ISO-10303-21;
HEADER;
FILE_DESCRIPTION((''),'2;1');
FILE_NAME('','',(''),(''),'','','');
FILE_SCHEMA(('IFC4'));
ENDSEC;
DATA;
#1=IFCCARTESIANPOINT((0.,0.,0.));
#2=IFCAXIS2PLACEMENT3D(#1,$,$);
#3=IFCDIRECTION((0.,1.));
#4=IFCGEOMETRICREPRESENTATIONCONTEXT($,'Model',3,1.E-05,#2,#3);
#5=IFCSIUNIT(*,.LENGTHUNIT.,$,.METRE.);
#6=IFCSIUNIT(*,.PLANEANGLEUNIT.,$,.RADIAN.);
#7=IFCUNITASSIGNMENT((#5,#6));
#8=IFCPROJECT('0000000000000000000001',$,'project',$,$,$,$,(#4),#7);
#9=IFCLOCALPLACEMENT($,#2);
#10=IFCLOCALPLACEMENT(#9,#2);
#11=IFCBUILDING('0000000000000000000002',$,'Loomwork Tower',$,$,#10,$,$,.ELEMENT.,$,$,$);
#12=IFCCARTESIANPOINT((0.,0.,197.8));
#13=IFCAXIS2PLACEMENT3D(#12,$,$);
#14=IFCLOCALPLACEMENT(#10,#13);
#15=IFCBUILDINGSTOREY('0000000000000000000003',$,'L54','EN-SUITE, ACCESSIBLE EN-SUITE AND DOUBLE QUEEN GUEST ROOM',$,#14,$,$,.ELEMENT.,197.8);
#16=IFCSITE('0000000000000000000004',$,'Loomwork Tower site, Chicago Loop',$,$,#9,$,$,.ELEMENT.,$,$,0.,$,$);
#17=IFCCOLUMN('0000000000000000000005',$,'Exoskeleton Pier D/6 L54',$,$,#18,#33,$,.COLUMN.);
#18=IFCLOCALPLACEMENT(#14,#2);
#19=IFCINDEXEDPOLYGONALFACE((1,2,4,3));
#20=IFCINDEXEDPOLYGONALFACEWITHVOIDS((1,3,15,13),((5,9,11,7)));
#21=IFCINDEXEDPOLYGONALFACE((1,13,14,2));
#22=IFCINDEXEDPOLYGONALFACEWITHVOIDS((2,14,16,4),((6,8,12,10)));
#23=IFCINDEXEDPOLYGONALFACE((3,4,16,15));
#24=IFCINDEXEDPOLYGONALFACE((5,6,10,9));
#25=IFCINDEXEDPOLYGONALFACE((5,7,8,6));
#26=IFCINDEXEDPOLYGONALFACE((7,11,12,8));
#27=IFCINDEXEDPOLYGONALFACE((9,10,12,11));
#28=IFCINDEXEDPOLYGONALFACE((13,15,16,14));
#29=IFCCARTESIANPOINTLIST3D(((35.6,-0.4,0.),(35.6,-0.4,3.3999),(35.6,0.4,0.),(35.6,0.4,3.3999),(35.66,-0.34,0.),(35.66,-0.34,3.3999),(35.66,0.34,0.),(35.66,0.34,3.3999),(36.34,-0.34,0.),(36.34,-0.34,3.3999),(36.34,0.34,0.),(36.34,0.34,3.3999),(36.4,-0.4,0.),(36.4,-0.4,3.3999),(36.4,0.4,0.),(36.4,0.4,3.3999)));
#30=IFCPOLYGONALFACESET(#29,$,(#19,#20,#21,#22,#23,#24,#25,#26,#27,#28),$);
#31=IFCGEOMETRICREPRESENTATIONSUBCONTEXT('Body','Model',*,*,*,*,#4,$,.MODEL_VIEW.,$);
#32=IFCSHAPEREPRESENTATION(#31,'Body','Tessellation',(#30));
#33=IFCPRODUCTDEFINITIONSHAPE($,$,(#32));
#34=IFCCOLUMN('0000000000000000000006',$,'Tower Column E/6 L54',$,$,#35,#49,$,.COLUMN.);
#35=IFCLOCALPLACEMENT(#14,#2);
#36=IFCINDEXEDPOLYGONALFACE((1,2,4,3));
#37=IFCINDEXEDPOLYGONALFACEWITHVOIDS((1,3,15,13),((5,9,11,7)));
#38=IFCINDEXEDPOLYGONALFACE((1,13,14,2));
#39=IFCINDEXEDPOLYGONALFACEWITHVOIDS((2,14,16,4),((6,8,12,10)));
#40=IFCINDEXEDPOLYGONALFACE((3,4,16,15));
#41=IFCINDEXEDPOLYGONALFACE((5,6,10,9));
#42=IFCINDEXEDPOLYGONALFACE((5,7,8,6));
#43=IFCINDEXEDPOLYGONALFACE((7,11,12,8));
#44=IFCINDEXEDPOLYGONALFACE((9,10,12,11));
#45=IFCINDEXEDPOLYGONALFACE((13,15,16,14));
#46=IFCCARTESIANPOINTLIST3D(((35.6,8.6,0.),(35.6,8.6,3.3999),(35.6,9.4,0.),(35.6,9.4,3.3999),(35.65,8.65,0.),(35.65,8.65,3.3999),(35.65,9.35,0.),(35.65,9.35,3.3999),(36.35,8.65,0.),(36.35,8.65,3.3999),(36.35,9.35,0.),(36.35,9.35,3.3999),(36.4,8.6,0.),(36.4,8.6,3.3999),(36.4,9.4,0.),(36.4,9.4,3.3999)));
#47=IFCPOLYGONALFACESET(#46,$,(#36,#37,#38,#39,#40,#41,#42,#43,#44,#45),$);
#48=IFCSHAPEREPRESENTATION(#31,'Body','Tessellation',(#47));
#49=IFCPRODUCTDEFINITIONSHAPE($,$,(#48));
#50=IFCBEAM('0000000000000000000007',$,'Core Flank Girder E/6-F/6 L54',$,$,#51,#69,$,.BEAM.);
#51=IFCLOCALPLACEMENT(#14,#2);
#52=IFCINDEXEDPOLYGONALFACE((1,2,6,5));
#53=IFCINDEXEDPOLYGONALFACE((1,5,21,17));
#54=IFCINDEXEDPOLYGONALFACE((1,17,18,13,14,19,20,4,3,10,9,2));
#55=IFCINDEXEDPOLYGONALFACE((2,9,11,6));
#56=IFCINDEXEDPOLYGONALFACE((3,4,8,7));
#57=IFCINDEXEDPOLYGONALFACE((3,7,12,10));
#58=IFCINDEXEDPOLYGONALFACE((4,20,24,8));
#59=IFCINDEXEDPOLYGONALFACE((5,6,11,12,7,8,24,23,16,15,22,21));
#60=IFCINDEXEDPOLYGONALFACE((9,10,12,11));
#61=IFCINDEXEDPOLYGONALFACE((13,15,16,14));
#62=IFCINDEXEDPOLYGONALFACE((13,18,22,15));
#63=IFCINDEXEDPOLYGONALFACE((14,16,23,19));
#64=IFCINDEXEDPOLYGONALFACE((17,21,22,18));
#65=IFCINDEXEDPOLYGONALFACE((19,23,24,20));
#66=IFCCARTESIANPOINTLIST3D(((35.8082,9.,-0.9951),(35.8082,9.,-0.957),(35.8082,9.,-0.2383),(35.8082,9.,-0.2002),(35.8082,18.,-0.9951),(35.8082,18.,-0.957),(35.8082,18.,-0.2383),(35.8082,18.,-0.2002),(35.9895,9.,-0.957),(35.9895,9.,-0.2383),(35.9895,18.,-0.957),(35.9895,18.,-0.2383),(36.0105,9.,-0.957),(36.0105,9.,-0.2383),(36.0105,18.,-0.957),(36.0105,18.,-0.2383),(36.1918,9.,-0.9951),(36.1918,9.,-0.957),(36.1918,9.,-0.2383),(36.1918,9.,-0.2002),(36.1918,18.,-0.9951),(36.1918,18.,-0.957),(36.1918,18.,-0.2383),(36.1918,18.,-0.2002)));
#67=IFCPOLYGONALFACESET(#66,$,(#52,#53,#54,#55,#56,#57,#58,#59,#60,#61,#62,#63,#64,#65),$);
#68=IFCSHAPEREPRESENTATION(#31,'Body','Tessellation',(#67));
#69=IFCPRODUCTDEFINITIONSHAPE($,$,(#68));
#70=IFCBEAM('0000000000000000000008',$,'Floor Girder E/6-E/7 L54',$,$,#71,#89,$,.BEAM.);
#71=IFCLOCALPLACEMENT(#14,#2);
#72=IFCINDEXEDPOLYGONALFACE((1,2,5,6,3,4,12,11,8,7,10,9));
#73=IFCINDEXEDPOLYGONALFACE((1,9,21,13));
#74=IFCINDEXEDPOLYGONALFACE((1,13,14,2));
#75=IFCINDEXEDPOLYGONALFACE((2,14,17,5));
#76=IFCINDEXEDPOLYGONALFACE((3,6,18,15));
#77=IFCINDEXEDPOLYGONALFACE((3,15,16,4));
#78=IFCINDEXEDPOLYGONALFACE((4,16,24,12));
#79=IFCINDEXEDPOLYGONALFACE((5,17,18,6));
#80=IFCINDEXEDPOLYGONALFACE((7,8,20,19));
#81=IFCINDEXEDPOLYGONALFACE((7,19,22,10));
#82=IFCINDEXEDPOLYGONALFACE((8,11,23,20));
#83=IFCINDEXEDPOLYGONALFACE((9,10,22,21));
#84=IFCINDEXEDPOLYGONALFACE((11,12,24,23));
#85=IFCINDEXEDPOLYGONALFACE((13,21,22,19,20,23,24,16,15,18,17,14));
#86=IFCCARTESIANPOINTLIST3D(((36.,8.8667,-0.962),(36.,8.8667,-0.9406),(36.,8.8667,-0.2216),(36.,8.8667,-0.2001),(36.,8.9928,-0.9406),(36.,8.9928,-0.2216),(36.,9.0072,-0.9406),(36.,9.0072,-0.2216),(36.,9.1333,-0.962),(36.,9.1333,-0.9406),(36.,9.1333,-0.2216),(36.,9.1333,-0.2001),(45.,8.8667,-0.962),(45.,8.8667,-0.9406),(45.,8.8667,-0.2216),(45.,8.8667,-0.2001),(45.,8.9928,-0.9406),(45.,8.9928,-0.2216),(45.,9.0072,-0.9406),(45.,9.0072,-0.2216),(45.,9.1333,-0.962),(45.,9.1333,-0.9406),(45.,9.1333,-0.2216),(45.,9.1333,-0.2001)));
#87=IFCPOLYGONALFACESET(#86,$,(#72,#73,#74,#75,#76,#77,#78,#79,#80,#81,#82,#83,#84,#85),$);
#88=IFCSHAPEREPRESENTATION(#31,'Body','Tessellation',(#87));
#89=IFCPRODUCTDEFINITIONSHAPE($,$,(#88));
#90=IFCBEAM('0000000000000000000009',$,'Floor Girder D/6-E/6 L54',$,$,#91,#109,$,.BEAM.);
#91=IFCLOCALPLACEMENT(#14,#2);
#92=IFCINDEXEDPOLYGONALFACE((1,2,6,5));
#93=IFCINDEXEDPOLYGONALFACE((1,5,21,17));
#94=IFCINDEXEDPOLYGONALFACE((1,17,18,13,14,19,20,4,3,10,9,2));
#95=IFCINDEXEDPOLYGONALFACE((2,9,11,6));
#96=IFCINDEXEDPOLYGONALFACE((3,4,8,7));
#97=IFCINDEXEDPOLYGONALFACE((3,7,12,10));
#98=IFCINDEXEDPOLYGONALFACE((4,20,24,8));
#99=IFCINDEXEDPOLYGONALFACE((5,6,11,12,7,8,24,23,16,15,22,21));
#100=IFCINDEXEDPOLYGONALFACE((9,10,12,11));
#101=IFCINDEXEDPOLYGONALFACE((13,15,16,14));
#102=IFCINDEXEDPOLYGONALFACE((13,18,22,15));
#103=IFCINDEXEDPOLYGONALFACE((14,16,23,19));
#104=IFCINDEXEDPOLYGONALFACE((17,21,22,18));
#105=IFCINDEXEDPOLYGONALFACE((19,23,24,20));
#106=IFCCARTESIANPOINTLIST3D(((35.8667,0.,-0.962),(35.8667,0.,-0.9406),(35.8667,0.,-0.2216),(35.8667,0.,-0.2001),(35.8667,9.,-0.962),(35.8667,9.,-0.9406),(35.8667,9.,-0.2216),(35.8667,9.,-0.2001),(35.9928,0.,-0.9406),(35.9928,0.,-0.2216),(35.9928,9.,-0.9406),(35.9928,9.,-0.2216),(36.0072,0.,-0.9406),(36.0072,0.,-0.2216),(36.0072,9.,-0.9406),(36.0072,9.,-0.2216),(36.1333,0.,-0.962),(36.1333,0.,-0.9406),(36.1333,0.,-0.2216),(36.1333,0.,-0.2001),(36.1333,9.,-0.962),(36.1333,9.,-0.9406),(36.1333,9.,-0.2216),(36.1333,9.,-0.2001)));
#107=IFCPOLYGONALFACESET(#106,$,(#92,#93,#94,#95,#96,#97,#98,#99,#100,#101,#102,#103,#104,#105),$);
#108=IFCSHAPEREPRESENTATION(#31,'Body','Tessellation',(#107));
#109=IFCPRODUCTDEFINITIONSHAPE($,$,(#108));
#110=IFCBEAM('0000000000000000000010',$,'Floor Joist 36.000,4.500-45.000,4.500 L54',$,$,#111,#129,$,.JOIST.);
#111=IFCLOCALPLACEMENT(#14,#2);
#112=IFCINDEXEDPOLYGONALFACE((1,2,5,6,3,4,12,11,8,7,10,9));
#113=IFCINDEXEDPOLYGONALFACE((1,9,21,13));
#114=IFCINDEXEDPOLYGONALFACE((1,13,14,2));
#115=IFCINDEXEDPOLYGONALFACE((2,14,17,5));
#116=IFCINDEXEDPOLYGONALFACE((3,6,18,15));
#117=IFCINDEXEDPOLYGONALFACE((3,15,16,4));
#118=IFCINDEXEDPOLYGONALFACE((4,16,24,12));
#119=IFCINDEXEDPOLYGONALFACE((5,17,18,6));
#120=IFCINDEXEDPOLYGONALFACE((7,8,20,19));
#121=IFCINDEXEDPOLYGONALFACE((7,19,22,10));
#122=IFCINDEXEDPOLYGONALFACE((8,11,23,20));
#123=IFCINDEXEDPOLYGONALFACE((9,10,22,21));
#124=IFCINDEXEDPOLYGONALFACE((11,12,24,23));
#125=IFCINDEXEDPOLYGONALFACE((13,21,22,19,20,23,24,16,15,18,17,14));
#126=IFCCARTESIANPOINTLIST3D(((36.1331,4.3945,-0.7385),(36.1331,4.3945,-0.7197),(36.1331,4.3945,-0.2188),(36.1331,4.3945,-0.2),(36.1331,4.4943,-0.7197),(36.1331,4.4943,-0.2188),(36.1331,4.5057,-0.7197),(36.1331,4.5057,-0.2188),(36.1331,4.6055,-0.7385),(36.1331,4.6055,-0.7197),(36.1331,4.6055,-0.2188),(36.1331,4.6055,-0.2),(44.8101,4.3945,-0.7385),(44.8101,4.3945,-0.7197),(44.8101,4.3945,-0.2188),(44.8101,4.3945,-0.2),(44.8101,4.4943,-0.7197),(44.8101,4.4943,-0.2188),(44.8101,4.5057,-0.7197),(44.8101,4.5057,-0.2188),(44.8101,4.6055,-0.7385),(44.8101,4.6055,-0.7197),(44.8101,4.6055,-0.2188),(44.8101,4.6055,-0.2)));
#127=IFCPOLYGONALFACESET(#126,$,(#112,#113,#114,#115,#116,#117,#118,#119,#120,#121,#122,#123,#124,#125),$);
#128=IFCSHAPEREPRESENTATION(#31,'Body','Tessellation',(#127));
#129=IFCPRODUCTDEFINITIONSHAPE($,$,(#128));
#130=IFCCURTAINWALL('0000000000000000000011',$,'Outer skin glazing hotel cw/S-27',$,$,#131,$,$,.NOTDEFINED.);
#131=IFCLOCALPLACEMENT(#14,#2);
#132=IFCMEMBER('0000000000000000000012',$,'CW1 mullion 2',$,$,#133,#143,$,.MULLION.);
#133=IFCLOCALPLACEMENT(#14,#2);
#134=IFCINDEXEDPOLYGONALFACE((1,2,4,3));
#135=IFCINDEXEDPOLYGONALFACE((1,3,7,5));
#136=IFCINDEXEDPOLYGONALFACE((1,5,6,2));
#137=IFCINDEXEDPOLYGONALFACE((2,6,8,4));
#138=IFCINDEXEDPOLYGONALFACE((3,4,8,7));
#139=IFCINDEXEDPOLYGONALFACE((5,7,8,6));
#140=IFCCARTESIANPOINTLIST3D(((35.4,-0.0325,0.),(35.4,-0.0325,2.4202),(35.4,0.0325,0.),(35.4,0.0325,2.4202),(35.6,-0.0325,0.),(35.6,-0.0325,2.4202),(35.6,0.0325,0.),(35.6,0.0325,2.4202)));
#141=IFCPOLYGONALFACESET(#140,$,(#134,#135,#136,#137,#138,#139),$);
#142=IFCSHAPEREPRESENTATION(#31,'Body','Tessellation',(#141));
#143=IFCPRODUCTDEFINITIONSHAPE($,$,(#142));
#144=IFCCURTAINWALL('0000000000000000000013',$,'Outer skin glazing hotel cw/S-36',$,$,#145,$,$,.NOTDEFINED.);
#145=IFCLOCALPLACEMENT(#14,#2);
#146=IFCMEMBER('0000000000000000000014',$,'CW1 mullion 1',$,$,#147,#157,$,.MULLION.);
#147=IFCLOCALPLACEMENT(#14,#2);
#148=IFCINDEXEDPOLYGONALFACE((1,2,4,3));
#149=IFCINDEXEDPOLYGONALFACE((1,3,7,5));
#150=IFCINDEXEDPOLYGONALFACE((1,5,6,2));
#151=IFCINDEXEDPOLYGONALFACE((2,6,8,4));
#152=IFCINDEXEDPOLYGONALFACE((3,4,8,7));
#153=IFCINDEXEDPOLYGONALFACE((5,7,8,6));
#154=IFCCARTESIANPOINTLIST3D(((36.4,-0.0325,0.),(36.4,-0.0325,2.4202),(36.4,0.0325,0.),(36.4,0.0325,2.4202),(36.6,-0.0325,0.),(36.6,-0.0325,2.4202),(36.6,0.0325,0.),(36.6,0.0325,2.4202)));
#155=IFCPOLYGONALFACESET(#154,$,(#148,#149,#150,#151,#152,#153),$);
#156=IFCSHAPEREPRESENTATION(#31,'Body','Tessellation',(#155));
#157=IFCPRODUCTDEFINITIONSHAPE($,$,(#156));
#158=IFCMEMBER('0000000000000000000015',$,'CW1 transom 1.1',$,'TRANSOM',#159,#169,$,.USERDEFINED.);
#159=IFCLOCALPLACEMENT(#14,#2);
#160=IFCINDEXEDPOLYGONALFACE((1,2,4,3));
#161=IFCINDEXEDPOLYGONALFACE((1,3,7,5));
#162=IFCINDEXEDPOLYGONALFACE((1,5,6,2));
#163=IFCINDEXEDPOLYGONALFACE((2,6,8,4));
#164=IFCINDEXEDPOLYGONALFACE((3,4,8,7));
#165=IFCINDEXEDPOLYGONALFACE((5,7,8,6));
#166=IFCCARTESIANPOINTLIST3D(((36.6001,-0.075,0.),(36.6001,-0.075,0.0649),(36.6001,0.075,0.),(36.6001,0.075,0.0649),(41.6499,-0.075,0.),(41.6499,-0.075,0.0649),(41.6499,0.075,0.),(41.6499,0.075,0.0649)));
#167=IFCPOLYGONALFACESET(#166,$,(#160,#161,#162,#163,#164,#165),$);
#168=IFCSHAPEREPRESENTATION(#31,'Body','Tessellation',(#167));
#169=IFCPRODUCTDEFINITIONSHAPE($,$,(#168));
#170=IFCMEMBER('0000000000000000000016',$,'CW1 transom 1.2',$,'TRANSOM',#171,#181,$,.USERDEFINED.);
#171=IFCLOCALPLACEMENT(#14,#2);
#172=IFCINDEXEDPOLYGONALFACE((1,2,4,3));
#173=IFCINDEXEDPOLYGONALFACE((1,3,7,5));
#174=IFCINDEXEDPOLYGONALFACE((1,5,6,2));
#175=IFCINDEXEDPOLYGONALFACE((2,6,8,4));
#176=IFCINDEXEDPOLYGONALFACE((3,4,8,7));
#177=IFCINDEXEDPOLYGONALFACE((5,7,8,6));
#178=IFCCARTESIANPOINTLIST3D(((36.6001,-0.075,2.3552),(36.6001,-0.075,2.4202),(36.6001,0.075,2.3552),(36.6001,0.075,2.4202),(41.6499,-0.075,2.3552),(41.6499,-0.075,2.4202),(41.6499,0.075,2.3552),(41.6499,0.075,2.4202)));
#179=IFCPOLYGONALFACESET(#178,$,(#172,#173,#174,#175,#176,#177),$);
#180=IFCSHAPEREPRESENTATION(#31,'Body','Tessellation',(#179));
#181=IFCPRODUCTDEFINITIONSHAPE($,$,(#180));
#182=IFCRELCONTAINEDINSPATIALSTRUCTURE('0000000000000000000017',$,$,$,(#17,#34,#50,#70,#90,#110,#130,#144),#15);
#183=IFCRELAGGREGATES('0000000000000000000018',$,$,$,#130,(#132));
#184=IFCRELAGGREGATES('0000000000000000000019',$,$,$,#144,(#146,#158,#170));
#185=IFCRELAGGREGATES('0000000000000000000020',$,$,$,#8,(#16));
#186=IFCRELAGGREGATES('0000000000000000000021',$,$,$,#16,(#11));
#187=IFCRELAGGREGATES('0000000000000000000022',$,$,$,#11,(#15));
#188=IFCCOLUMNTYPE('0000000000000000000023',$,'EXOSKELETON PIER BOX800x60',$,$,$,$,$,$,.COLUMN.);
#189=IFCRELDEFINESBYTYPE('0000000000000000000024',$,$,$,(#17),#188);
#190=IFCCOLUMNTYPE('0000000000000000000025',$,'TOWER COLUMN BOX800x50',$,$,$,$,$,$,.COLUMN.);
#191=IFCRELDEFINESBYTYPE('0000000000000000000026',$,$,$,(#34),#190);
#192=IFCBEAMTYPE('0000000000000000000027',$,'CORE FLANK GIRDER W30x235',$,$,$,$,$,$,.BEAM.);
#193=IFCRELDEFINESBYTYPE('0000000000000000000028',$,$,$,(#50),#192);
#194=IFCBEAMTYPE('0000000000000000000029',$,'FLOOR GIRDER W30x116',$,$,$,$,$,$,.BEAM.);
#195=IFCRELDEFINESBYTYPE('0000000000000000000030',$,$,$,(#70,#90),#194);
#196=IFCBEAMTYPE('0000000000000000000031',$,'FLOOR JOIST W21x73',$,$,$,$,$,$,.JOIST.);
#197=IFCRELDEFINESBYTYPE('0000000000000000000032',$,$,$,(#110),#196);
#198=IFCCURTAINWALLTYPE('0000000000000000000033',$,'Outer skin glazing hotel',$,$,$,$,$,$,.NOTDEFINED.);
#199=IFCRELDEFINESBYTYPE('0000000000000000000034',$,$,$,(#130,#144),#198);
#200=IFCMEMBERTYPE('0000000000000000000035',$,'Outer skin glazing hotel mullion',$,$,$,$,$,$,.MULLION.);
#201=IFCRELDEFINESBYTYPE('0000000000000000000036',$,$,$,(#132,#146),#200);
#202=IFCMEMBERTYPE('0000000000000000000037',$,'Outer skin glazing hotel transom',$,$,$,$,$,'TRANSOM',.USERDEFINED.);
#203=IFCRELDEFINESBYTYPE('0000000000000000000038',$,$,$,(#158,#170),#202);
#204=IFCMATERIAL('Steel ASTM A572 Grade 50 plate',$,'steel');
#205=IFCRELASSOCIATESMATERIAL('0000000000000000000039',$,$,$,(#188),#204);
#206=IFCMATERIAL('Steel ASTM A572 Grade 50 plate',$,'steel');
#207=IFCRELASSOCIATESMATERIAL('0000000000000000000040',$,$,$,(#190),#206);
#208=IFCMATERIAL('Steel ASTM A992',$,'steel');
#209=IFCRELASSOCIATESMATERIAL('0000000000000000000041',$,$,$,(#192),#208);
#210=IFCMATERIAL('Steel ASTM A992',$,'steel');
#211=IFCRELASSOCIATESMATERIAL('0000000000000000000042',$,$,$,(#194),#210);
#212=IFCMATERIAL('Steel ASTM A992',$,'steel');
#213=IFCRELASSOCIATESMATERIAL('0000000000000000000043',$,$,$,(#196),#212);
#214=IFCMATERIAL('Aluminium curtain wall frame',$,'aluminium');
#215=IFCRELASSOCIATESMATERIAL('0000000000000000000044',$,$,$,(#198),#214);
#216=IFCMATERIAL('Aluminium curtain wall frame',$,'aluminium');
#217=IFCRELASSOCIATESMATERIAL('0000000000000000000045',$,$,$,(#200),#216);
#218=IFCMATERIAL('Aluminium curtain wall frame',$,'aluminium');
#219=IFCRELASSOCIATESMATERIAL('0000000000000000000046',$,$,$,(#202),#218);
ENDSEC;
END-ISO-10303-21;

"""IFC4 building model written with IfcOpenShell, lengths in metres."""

from ifc_helpers import new_model, si_unit, direction, frame, origin, origin_2d, place, context, subcontext, project, spatial, rectangle, hollow_rectangle, i_section, extrude, material, material_profile, profile_set, type_object, element, aggregate, save


model = new_model("IFC4")

# Units and contexts
model_context = context("Model", 3, precision=1e-05, world=origin(), true_north=direction((0.0, 1.0)))
body_context = subcontext(model_context, "Body", "Model", "MODEL_VIEW")
ifc_project = project(units=[si_unit("LENGTHUNIT", "METRE"), si_unit("PLANEANGLEUNIT", "RADIAN")], contexts=[model_context])

# Site, building, storey
site_placement = place(None, origin())
site = spatial("IfcSite", under=ifc_project, at=site_placement, Name="Loomwork Tower site, Chicago Loop", CompositionType="ELEMENT", RefElevation=0.0)
building_placement = place(site_placement, origin())
building = spatial("IfcBuilding", under=site, at=building_placement, Name="Loomwork Tower", CompositionType="ELEMENT")
storey_placement = place(building_placement, frame((0.0, 0.0, 197.8)))
storey = spatial("IfcBuildingStorey", under=building, at=storey_placement, Name="L54", Description="EN-SUITE, ACCESSIBLE EN-SUITE AND DOUBLE QUEEN GUEST ROOM", CompositionType="ELEMENT", Elevation=197.8)

# Columns
ifc_material_1 = material(Name="Steel ASTM A572 Grade 50 plate", Category="steel")
ifc_material_profile_1 = material_profile(ifc_material_1, hollow_rectangle(XDim=0.8, YDim=0.8, WallThickness=0.0601, at=origin_2d()), Name="BOX800x60")
ifc_profile_set_1 = profile_set([ifc_material_profile_1], Name="Steel ASTM A572 Grade 50 plate")
column_type_1 = type_object("IfcColumnType", Name="EXOSKELETON PIER BOX800x60", PredefinedType="COLUMN", material=ifc_profile_set_1)
column_1_placement = place(storey_placement, frame((36.0, 0.0, 0.0), z_axis=(0.0, 0.0, 1.0), x_axis=(1.0, 0.0, 0.0)))
element("IfcColumn", 1, at=column_1_placement, inside=storey, type_object=column_type_1, Name="Exoskeleton Pier D/6 L54", PredefinedType="COLUMN", context=body_context, shape_type="SweptSolid", body=[
    extrude(hollow_rectangle(XDim=0.8, YDim=0.8, WallThickness=0.0601, at=origin_2d()), origin(), (0.0, 0.0, 1.0), 3.3999),
])
ifc_material_2 = material(Name="Steel ASTM A572 Grade 50 plate", Category="steel")
ifc_material_profile_2 = material_profile(ifc_material_2, hollow_rectangle(XDim=0.8, YDim=0.8, WallThickness=0.05, at=origin_2d()), Name="BOX800x50")
ifc_profile_set_2 = profile_set([ifc_material_profile_2], Name="Steel ASTM A572 Grade 50 plate")
column_type_2 = type_object("IfcColumnType", Name="TOWER COLUMN BOX800x50", PredefinedType="COLUMN", material=ifc_profile_set_2)
column_2_placement = place(storey_placement, frame((36.0, 9.0, 0.0), z_axis=(0.0, 0.0, 1.0), x_axis=(0.0, 1.0, 0.0)))
element("IfcColumn", 2, at=column_2_placement, inside=storey, type_object=column_type_2, Name="Tower Column E/6 L54", PredefinedType="COLUMN", context=body_context, shape_type="SweptSolid", body=[
    extrude(hollow_rectangle(XDim=0.8, YDim=0.8, WallThickness=0.05, at=origin_2d()), origin(), (0.0, 0.0, 1.0), 3.3999),
])

# Beams
ifc_material_3 = material(Name="Steel ASTM A992", Category="steel")
ifc_material_profile_3 = material_profile(ifc_material_3, i_section(OverallWidth=0.3835, OverallDepth=0.7949, WebThickness=0.021, FlangeThickness=0.0381, at=origin_2d()), Name="W30x235")
ifc_profile_set_3 = profile_set([ifc_material_profile_3], Name="Steel ASTM A992")
beam_type_1 = type_object("IfcBeamType", Name="CORE FLANK GIRDER W30x235", PredefinedType="BEAM", material=ifc_profile_set_3)
beam_1_placement = place(storey_placement, frame((36.0, 9.0, -0.5977), z_axis=(0.0, 1.0, 0.0), x_axis=(-1.0, 0.0, 0.0)))
element("IfcBeam", 3, at=beam_1_placement, inside=storey, type_object=beam_type_1, Name="Core Flank Girder E/6-F/6 L54", PredefinedType="BEAM", context=body_context, shape_type="SweptSolid", body=[
    extrude(i_section(OverallWidth=0.3835, OverallDepth=0.7949, WebThickness=0.021, FlangeThickness=0.0381, at=origin_2d()), origin(), (0.0, 0.0, 1.0), 9.0),
])
ifc_material_4 = material(Name="Steel ASTM A992", Category="steel")
ifc_material_profile_4 = material_profile(ifc_material_4, i_section(OverallWidth=0.2666, OverallDepth=0.762, WebThickness=0.0144, FlangeThickness=0.0215, at=origin_2d()), Name="W30x116")
ifc_profile_set_4 = profile_set([ifc_material_profile_4], Name="Steel ASTM A992")
beam_type_2 = type_object("IfcBeamType", Name="FLOOR GIRDER W30x116", PredefinedType="BEAM", material=ifc_profile_set_4)
for number, where, z_axis, x_axis, name in (
    (4, (36.0, 9.0, -0.5811), (1.0, 0.0, 0.0), (0.0, 1.0, 0.0), "Floor Girder E/6-E/7 L54"),
    (5, (36.0, 0.0, -0.5811), (0.0, 1.0, 0.0), (-1.0, 0.0, 0.0), "Floor Girder D/6-E/6 L54"),
):
    element("IfcBeam", number, at=place(storey_placement, frame(where, z_axis=z_axis, x_axis=x_axis)), inside=storey, type_object=beam_type_2, Name=name, PredefinedType="BEAM", context=body_context, shape_type="SweptSolid", body=[
        extrude(i_section(OverallWidth=0.2666, OverallDepth=0.762, WebThickness=0.0144, FlangeThickness=0.0215, at=origin_2d()), origin(), (0.0, 0.0, 1.0), 9.0),
    ])
ifc_material_5 = material(Name="Steel ASTM A992", Category="steel")
ifc_material_profile_5 = material_profile(ifc_material_5, i_section(OverallWidth=0.2109, OverallDepth=0.5386, WebThickness=0.0115, FlangeThickness=0.0188, at=origin_2d()), Name="W21x73")
ifc_profile_set_5 = profile_set([ifc_material_profile_5], Name="Steel ASTM A992")
beam_type_3 = type_object("IfcBeamType", Name="FLOOR JOIST W21x73", PredefinedType="JOIST", material=ifc_profile_set_5)
beam_2_placement = place(storey_placement, frame((36.1331, 4.5, -0.4692), z_axis=(1.0, 0.0, 0.0), x_axis=(0.0, 1.0, 0.0)))
element("IfcBeam", 6, at=beam_2_placement, inside=storey, type_object=beam_type_3, Name="Floor Joist 36.000,4.500-45.000,4.500 L54", PredefinedType="JOIST", context=body_context, shape_type="SweptSolid", body=[
    extrude(i_section(OverallWidth=0.2109, OverallDepth=0.5386, WebThickness=0.0115, FlangeThickness=0.0188, at=origin_2d()), origin(), (0.0, 0.0, 1.0), 8.677),
])

# Curtain wall, member
ifc_material_6 = material(Name="Aluminium curtain wall frame", Category="aluminium")
curtain_wall_type = type_object("IfcCurtainWallType", Name="Outer skin glazing hotel", PredefinedType="NOTDEFINED", material=ifc_material_6)
curtain_wall_1_placement = place(storey_placement, origin())
curtain_wall_1 = element("IfcCurtainWall", 7, at=curtain_wall_1_placement, inside=storey, type_object=curtain_wall_type, Name="Outer skin glazing hotel cw/S-27", PredefinedType="NOTDEFINED")
ifc_material_7 = material(Name="Aluminium curtain wall frame", Category="aluminium")
ifc_material_profile_6 = material_profile(ifc_material_7, rectangle(XDim=0.0649, YDim=0.2, at=origin_2d()), Name="AL 65x200")
ifc_profile_set_6 = profile_set([ifc_material_profile_6], Name="Aluminium curtain wall frame")
member_type_1 = type_object("IfcMemberType", Name="Outer skin glazing hotel mullion", PredefinedType="MULLION", material=ifc_profile_set_6)
member_1_placement = place(storey_placement, frame((35.5, 0.0, 0.0), z_axis=(0.0, 0.0, 1.0), x_axis=(0.0, 1.0, 0.0)))
member_1 = element("IfcMember", 8, at=member_1_placement, type_object=member_type_1, Name="CW1 mullion 2", PredefinedType="MULLION", context=body_context, shape_type="SweptSolid", body=[
    extrude(rectangle(XDim=0.0649, YDim=0.2, at=origin_2d()), origin(), (0.0, 0.0, 1.0), 2.4202),
])
aggregate(curtain_wall_1, [member_1])

# Curtain wall, members
curtain_wall_2_placement = place(storey_placement, origin())
curtain_wall_2 = element("IfcCurtainWall", 9, at=curtain_wall_2_placement, inside=storey, type_object=curtain_wall_type, Name="Outer skin glazing hotel cw/S-36", PredefinedType="NOTDEFINED")
member_2_placement = place(storey_placement, frame((36.5, 0.0, 0.0), z_axis=(0.0, 0.0, 1.0), x_axis=(0.0, 1.0, 0.0)))
member_2 = element("IfcMember", 10, at=member_2_placement, type_object=member_type_1, Name="CW1 mullion 1", PredefinedType="MULLION", context=body_context, shape_type="SweptSolid", body=[
    extrude(rectangle(XDim=0.0649, YDim=0.2, at=origin_2d()), origin(), (0.0, 0.0, 1.0), 2.4202),
])
ifc_material_8 = material(Name="Aluminium curtain wall frame", Category="aluminium")
ifc_material_profile_7 = material_profile(ifc_material_8, rectangle(XDim=0.1499, YDim=0.0649, at=origin_2d()), Name="AL 65x150")
ifc_profile_set_7 = profile_set([ifc_material_profile_7], Name="Aluminium curtain wall frame")
member_type_2 = type_object("IfcMemberType", Name="Outer skin glazing hotel transom", ElementType="TRANSOM", PredefinedType="USERDEFINED", material=ifc_profile_set_7)
member_3_placement = place(storey_placement, frame((36.6001, 0.0, 0.0325), z_axis=(1.0, 0.0, 0.0), x_axis=(0.0, 1.0, 0.0)))
member_3 = element("IfcMember", 11, at=member_3_placement, type_object=member_type_2, Name="CW1 transom 1.1", ObjectType="TRANSOM", PredefinedType="USERDEFINED", context=body_context, shape_type="SweptSolid", body=[
    extrude(rectangle(XDim=0.1499, YDim=0.0649, at=origin_2d()), origin(), (0.0, 0.0, 1.0), 5.0498),
])
member_4_placement = place(storey_placement, frame((36.6001, 0.0, 2.3877), z_axis=(1.0, 0.0, 0.0), x_axis=(0.0, 1.0, 0.0)))
member_4 = element("IfcMember", 12, at=member_4_placement, type_object=member_type_2, Name="CW1 transom 1.2", ObjectType="TRANSOM", PredefinedType="USERDEFINED", context=body_context, shape_type="SweptSolid", body=[
    extrude(rectangle(XDim=0.1499, YDim=0.0649, at=origin_2d()), origin(), (0.0, 0.0, 1.0), 5.0498),
])

aggregate(curtain_wall_2, [member_2, member_3, member_4])

save(model, "model.ifc")
